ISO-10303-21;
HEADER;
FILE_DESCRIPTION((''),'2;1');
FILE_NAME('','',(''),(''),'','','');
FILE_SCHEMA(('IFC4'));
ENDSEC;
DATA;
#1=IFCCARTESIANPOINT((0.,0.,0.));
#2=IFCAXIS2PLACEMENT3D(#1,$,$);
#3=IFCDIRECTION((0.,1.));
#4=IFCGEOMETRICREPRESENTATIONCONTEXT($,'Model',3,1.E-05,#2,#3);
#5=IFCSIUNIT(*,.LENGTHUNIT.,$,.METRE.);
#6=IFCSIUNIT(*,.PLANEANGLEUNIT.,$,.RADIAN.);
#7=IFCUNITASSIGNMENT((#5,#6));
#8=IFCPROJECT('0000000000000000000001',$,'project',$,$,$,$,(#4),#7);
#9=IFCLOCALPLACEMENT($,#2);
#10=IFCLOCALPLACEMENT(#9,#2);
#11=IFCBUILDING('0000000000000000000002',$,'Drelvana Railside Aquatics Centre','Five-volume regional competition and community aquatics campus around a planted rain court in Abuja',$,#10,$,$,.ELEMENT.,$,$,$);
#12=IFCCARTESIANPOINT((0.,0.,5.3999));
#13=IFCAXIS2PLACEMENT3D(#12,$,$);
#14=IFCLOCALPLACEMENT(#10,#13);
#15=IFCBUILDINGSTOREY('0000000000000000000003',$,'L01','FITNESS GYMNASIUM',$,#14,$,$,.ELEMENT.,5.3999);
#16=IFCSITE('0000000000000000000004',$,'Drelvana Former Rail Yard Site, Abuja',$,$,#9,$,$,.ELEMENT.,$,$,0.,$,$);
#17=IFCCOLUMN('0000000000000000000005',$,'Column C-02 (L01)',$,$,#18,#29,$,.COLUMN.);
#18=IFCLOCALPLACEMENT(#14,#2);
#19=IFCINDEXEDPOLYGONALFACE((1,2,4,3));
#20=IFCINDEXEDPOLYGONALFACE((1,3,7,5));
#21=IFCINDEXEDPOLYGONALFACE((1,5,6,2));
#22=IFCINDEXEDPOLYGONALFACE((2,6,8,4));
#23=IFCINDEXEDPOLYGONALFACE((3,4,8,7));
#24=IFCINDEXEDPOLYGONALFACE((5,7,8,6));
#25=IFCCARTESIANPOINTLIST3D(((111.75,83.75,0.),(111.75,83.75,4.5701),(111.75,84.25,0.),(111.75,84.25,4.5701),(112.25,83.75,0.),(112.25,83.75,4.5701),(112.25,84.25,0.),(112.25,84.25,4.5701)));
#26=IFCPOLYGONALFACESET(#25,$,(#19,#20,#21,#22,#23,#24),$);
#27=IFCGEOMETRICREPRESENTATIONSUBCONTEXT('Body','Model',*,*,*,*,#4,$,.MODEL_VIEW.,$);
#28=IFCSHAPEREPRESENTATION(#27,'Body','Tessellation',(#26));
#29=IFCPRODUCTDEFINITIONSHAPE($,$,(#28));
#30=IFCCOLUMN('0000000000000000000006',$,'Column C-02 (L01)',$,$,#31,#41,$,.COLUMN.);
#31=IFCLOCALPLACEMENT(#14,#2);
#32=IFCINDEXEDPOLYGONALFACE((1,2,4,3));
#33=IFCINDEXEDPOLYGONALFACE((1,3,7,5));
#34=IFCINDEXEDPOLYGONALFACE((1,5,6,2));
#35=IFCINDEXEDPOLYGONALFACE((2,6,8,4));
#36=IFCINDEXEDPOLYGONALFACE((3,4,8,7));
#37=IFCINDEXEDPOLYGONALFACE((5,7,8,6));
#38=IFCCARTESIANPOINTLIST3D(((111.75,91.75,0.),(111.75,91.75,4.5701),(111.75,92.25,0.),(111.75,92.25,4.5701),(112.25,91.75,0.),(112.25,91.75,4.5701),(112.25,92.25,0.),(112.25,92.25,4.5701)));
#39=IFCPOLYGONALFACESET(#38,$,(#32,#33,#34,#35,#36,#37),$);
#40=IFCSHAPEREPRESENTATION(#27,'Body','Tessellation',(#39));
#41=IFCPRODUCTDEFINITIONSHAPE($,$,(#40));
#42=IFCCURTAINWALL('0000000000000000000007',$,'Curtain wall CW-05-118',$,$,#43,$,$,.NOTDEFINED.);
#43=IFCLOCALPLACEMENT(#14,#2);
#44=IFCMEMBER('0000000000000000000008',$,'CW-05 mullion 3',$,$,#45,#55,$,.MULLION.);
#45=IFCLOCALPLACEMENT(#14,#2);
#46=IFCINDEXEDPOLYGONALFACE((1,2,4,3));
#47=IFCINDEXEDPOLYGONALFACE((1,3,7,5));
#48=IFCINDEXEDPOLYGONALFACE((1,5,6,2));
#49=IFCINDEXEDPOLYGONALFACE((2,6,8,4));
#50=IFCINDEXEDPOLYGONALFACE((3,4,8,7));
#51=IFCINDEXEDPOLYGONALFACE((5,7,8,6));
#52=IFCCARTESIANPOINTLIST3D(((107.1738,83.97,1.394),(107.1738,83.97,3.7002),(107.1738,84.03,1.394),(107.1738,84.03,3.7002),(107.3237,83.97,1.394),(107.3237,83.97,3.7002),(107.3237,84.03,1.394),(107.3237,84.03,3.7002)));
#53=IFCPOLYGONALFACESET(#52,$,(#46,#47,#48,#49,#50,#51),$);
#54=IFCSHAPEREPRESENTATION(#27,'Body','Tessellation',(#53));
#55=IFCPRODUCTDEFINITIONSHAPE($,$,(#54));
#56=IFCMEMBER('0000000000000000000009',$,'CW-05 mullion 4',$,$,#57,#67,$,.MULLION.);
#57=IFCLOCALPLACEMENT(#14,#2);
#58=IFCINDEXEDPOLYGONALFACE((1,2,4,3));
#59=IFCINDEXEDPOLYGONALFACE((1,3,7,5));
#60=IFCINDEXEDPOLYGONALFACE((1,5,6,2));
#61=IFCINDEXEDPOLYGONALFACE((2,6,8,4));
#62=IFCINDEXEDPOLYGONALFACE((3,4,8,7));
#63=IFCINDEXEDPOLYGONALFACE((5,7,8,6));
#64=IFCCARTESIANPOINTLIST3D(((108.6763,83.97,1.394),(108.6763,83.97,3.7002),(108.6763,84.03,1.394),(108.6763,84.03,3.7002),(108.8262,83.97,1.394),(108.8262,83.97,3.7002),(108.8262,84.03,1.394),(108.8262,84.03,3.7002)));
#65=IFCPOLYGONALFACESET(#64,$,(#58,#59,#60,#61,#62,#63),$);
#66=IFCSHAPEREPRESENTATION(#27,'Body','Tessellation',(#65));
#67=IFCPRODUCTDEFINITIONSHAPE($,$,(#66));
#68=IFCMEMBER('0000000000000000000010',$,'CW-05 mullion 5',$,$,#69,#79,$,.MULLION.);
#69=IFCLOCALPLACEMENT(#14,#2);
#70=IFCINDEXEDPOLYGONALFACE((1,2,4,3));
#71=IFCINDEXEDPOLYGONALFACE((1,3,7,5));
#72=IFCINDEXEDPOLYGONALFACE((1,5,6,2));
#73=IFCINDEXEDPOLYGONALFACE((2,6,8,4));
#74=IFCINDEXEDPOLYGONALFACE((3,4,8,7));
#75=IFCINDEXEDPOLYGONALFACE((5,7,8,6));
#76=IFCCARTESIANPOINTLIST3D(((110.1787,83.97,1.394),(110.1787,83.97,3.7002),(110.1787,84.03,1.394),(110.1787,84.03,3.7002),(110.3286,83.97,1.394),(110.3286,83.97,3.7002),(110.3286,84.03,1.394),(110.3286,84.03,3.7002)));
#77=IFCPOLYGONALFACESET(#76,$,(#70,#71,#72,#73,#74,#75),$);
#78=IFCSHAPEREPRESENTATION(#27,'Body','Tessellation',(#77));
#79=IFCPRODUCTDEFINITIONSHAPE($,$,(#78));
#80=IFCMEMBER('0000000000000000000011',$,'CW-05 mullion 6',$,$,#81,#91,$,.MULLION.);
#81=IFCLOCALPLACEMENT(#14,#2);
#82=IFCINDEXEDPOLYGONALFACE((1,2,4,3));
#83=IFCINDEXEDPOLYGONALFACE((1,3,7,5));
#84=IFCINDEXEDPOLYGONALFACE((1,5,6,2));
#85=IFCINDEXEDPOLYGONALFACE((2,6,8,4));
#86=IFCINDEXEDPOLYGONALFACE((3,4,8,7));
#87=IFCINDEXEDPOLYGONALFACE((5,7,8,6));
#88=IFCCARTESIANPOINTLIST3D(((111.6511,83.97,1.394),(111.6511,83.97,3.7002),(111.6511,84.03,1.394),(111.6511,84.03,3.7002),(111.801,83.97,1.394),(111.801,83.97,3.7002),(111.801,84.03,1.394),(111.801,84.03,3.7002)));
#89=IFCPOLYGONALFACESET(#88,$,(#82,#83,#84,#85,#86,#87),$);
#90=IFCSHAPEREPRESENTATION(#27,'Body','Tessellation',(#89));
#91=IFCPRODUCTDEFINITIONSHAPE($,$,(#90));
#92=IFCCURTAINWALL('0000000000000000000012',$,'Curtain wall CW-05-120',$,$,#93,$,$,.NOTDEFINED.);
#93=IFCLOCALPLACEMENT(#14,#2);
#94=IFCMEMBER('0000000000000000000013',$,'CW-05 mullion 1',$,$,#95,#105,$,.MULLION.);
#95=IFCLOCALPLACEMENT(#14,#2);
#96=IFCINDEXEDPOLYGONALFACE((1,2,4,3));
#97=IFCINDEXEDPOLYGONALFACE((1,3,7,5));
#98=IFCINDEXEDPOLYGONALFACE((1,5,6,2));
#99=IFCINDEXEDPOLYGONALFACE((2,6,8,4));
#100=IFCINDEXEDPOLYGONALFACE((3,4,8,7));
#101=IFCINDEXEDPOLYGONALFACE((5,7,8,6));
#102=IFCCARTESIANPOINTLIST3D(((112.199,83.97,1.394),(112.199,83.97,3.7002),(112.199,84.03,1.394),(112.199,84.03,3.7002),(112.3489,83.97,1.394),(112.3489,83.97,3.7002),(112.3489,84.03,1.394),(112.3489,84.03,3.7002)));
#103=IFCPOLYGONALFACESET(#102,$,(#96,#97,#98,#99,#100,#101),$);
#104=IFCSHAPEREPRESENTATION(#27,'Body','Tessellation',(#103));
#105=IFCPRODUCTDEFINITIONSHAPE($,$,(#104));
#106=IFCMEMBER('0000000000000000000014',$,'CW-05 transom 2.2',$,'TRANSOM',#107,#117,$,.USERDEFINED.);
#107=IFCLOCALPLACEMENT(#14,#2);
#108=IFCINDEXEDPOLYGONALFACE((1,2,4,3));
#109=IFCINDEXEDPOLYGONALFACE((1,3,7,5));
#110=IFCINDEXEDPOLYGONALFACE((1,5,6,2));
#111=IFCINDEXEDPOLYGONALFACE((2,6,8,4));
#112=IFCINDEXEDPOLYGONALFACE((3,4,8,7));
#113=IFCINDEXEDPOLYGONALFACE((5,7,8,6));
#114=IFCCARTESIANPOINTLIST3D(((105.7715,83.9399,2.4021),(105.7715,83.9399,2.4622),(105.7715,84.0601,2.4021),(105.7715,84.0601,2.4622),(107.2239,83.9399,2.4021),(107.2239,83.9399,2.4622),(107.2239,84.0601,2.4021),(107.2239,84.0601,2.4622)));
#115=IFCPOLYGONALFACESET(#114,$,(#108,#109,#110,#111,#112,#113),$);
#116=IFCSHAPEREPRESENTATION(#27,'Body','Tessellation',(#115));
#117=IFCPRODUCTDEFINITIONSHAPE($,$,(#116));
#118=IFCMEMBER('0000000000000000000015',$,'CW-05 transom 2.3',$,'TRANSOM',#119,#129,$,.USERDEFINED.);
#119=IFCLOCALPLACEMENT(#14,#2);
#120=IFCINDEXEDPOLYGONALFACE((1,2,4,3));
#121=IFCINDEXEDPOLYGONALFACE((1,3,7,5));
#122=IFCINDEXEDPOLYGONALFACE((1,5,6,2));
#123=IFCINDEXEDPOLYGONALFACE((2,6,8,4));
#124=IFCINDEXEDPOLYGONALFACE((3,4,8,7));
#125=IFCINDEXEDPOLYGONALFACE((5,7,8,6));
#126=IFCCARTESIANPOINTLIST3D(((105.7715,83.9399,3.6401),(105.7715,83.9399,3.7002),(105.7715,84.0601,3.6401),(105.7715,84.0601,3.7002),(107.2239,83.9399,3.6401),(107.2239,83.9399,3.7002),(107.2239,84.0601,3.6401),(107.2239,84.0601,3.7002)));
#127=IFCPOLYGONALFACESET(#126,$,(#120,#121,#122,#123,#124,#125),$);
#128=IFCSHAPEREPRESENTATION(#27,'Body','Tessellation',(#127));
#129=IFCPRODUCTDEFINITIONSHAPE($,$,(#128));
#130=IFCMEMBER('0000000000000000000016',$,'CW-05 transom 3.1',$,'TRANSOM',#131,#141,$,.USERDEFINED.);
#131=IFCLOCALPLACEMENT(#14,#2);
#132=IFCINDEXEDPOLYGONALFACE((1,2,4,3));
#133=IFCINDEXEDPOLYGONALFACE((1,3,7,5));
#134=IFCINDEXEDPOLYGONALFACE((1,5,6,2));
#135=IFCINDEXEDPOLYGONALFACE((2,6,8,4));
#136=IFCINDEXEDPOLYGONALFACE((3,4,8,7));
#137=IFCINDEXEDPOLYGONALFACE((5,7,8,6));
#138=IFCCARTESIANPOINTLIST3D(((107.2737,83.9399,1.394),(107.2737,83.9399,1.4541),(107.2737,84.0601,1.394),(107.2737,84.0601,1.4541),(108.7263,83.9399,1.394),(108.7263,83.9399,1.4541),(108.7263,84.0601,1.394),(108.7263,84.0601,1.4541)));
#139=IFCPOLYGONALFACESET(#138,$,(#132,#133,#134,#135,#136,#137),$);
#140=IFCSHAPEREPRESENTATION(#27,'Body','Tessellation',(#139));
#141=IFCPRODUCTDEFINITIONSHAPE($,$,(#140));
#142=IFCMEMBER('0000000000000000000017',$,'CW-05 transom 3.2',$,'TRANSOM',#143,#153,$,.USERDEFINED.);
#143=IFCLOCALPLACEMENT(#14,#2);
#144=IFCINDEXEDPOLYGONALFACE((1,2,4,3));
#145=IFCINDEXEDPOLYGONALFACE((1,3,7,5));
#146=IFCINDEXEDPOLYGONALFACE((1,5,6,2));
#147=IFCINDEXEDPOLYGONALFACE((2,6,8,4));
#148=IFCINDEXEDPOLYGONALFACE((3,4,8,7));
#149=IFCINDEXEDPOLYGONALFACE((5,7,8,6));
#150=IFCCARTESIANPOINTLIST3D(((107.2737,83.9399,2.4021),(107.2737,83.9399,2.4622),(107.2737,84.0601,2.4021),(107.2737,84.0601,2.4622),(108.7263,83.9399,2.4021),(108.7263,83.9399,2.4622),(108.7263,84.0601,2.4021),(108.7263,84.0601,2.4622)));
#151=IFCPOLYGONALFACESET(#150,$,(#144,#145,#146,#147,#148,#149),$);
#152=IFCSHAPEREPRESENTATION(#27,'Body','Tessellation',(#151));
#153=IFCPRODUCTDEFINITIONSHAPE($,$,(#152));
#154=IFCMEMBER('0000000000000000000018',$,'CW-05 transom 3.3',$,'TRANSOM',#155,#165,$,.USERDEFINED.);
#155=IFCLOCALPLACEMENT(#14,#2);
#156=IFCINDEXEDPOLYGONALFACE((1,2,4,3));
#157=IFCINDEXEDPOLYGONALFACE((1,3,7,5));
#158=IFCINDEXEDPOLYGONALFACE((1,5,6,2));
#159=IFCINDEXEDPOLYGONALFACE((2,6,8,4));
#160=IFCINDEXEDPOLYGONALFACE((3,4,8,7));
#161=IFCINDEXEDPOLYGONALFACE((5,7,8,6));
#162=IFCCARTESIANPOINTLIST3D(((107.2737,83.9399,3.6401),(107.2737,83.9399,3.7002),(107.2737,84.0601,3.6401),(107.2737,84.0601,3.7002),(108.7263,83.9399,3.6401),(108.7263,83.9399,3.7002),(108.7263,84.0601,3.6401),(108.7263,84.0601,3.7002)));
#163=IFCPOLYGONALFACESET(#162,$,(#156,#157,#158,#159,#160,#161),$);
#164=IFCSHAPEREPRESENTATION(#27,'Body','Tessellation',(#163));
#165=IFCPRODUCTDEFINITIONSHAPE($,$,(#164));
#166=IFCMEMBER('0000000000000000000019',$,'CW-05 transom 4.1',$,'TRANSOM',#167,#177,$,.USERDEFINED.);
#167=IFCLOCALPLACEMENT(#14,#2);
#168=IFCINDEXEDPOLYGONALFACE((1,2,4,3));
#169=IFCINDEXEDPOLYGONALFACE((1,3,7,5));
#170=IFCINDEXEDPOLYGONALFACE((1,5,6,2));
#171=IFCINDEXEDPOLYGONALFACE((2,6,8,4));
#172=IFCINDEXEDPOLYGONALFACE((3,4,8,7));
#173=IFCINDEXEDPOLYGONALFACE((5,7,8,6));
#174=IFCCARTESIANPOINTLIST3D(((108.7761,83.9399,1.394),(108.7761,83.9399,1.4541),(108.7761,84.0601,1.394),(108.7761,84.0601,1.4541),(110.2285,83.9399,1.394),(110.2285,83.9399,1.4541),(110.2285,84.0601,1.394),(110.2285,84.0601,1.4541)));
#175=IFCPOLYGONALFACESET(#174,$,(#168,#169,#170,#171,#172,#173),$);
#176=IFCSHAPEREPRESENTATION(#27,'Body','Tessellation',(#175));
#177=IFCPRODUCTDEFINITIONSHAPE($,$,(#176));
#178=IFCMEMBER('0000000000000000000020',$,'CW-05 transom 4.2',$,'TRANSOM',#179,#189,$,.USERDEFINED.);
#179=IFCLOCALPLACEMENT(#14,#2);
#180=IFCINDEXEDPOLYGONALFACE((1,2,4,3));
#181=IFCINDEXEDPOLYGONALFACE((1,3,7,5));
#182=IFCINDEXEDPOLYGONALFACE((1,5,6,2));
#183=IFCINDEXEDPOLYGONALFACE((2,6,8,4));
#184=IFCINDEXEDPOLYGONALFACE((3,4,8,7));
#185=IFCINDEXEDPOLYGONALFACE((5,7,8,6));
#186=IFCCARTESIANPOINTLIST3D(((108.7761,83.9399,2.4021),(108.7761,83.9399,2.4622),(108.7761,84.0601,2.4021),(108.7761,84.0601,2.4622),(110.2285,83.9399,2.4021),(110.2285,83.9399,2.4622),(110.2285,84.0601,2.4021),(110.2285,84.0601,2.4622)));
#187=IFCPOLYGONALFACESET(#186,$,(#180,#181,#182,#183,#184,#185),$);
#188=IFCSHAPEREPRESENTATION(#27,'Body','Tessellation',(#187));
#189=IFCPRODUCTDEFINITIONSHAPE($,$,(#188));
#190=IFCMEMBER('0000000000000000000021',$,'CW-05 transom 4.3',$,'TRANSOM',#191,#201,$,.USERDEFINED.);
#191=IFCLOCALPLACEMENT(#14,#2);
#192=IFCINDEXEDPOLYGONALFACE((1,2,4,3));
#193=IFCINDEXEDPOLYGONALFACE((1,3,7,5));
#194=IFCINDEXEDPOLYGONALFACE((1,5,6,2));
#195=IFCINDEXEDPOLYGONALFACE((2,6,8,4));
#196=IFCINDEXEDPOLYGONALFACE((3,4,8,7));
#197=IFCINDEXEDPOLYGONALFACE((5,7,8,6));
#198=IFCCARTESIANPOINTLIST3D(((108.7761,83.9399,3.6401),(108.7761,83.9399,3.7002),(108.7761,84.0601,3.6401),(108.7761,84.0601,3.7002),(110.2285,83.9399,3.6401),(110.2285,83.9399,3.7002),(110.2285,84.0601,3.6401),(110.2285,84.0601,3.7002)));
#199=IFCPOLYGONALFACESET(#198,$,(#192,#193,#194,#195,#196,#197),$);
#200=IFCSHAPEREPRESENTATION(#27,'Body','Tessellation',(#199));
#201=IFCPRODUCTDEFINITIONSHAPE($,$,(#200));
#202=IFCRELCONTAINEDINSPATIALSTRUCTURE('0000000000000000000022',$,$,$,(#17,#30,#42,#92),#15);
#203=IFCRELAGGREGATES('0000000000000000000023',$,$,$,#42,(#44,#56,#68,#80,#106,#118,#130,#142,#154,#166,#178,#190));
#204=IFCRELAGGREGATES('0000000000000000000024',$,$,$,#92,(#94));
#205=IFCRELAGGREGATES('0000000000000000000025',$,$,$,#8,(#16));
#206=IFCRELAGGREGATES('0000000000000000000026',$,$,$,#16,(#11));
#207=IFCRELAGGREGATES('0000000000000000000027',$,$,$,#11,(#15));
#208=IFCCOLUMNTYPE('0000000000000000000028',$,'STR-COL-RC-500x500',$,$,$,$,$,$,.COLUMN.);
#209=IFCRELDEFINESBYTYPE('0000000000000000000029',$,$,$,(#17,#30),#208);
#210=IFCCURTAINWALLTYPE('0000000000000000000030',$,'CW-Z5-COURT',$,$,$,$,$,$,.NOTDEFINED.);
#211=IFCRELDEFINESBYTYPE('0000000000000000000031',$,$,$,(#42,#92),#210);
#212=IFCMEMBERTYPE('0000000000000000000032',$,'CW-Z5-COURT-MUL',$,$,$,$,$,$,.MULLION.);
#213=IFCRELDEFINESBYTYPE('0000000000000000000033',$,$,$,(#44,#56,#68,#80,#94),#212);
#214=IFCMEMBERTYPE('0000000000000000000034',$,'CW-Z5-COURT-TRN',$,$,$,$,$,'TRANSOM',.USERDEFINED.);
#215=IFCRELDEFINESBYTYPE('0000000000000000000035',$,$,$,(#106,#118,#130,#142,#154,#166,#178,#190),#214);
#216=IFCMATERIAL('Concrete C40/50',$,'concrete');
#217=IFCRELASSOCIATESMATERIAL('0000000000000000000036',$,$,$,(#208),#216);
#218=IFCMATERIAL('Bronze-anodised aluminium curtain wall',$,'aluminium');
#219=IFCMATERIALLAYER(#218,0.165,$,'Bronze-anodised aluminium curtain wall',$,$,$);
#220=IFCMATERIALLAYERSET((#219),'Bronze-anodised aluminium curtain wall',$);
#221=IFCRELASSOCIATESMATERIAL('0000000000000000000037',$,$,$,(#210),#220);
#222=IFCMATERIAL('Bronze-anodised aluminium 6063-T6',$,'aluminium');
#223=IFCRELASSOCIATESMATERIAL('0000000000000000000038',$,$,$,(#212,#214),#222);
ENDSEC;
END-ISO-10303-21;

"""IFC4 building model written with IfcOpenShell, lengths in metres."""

from ifc_helpers import new_model, si_unit, direction, frame, origin, origin_2d, place, context, subcontext, project, spatial, rectangle, extrude, material, layer, layer_set, material_profile, profile_set, type_object, element, aggregate, save


model = new_model("IFC4")

# Units and contexts
model_context = context("Model", 3, precision=1e-05, world=origin(), true_north=direction((0.0, 1.0)))
body_context = subcontext(model_context, "Body", "Model", "MODEL_VIEW")
ifc_project = project(units=[si_unit("LENGTHUNIT", "METRE"), si_unit("PLANEANGLEUNIT", "RADIAN")], contexts=[model_context])

# Site, building, storey
site_placement = place(None, origin())
site = spatial("IfcSite", under=ifc_project, at=site_placement, Name="Drelvana Former Rail Yard Site, Abuja", CompositionType="ELEMENT", RefElevation=0.0)
building_placement = place(site_placement, origin())
building = spatial("IfcBuilding", under=site, at=building_placement, Name="Drelvana Railside Aquatics Centre", Description="Five-volume regional competition and community aquatics campus around a planted rain court in Abuja", CompositionType="ELEMENT")
storey_placement = place(building_placement, frame((0.0, 0.0, 5.3999)))
storey = spatial("IfcBuildingStorey", under=building, at=storey_placement, Name="L01", Description="FITNESS GYMNASIUM", CompositionType="ELEMENT", Elevation=5.3999)

# Columns
ifc_material_1 = material(Name="Concrete C40/50", Category="concrete")
ifc_material_profile_1 = material_profile(ifc_material_1, rectangle(XDim=0.5, YDim=0.5, at=origin_2d()), Name="RC 500x500")
ifc_profile_set_1 = profile_set([ifc_material_profile_1], Name="Concrete C40/50")
column_type = type_object("IfcColumnType", Name="STR-COL-RC-500x500", PredefinedType="COLUMN", material=ifc_profile_set_1)
for number, where, z_axis, x_axis, name in (
    (1, (112.0, 84.0, 0.0), (0.0, 0.0, 1.0), (1.0, 0.0, 0.0), "Column C-02 (L01)"),
    (2, (112.0, 92.0, 0.0), (0.0, 0.0, 1.0), (1.0, 0.0, 0.0), "Column C-02 (L01)"),
):
    element("IfcColumn", number, at=place(storey_placement, frame(where, z_axis=z_axis, x_axis=x_axis)), inside=storey, type_object=column_type, Name=name, PredefinedType="COLUMN", context=body_context, shape_type="SweptSolid", body=[
        extrude(rectangle(XDim=0.5, YDim=0.5, at=origin_2d()), origin(), (0.0, 0.0, 1.0), 4.5701),
    ])

# Curtain wall, members
ifc_material_2 = material(Name="Bronze-anodised aluminium curtain wall", Category="aluminium")
ifc_layer_1 = layer(ifc_material_2, 0.165, Name="Bronze-anodised aluminium curtain wall")
ifc_layer_set_1 = layer_set([ifc_layer_1], Name="Bronze-anodised aluminium curtain wall")
curtain_wall_type = type_object("IfcCurtainWallType", Name="CW-Z5-COURT", PredefinedType="NOTDEFINED", material=ifc_layer_set_1)
curtain_wall_1_placement = place(storey_placement, origin())
curtain_wall_1 = element("IfcCurtainWall", 3, at=curtain_wall_1_placement, inside=storey, type_object=curtain_wall_type, Name="Curtain wall CW-05-118", PredefinedType="NOTDEFINED")
ifc_material_3 = material(Name="Bronze-anodised aluminium 6063-T6", Category="aluminium")
ifc_material_profile_2 = material_profile(ifc_material_3, rectangle(XDim=0.0601, YDim=0.1499, at=origin_2d()), Name="ALU-M 60x150")
ifc_profile_set_2 = profile_set([ifc_material_profile_2], Name="Bronze-anodised aluminium 6063-T6")
member_type_1 = type_object("IfcMemberType", Name="CW-Z5-COURT-MUL", PredefinedType="MULLION", material=ifc_profile_set_2)
member_1_placement = place(storey_placement, frame((107.2488, 84.0, 1.394), z_axis=(0.0, 0.0, 1.0), x_axis=(0.0, 1.0, 0.0)))
member_1 = element("IfcMember", 4, at=member_1_placement, type_object=member_type_1, Name="CW-05 mullion 3", PredefinedType="MULLION", context=body_context, shape_type="SweptSolid", body=[
    extrude(rectangle(XDim=0.0601, YDim=0.1499, at=origin_2d()), origin(), (0.0, 0.0, 1.0), 2.3062),
])
member_2_placement = place(storey_placement, frame((108.7512, 84.0, 1.394), z_axis=(0.0, 0.0, 1.0), x_axis=(0.0, 1.0, 0.0)))
member_2 = element("IfcMember", 5, at=member_2_placement, type_object=member_type_1, Name="CW-05 mullion 4", PredefinedType="MULLION", context=body_context, shape_type="SweptSolid", body=[
    extrude(rectangle(XDim=0.0601, YDim=0.1499, at=origin_2d()), origin(), (0.0, 0.0, 1.0), 2.3062),
])
member_3_placement = place(storey_placement, frame((110.2537, 84.0, 1.394), z_axis=(0.0, 0.0, 1.0), x_axis=(0.0, 1.0, 0.0)))
member_3 = element("IfcMember", 6, at=member_3_placement, type_object=member_type_1, Name="CW-05 mullion 5", PredefinedType="MULLION", context=body_context, shape_type="SweptSolid", body=[
    extrude(rectangle(XDim=0.0601, YDim=0.1499, at=origin_2d()), origin(), (0.0, 0.0, 1.0), 2.3062),
])
member_4_placement = place(storey_placement, frame((111.7261, 84.0, 1.394), z_axis=(0.0, 0.0, 1.0), x_axis=(0.0, 1.0, 0.0)))
member_4 = element("IfcMember", 7, at=member_4_placement, type_object=member_type_1, Name="CW-05 mullion 6", PredefinedType="MULLION", context=body_context, shape_type="SweptSolid", body=[
    extrude(rectangle(XDim=0.0601, YDim=0.1499, at=origin_2d()), origin(), (0.0, 0.0, 1.0), 2.3062),
])

# Curtain wall, member
curtain_wall_2_placement = place(storey_placement, origin())
curtain_wall_2 = element("IfcCurtainWall", 8, at=curtain_wall_2_placement, inside=storey, type_object=curtain_wall_type, Name="Curtain wall CW-05-120", PredefinedType="NOTDEFINED")
member_5_placement = place(storey_placement, frame((112.2739, 84.0, 1.394), z_axis=(0.0, 0.0, 1.0), x_axis=(0.0, 1.0, 0.0)))
member_5 = element("IfcMember", 9, at=member_5_placement, type_object=member_type_1, Name="CW-05 mullion 1", PredefinedType="MULLION", context=body_context, shape_type="SweptSolid", body=[
    extrude(rectangle(XDim=0.0601, YDim=0.1499, at=origin_2d()), origin(), (0.0, 0.0, 1.0), 2.3062),
])

# Members
ifc_material_profile_3 = material_profile(ifc_material_3, rectangle(XDim=0.1201, YDim=0.0601, at=origin_2d()), Name="ALU-T 60x120")
ifc_profile_set_3 = profile_set([ifc_material_profile_3], Name="Bronze-anodised aluminium 6063-T6")
member_type_2 = type_object("IfcMemberType", Name="CW-Z5-COURT-TRN", ElementType="TRANSOM", PredefinedType="USERDEFINED", material=ifc_profile_set_3)
member_6_placement = place(storey_placement, frame((105.7715, 84.0, 2.4321), z_axis=(1.0, 0.0, 0.0), x_axis=(0.0, 1.0, 0.0)))
member_6 = element("IfcMember", 10, at=member_6_placement, type_object=member_type_2, Name="CW-05 transom 2.2", ObjectType="TRANSOM", PredefinedType="USERDEFINED", context=body_context, shape_type="SweptSolid", body=[
    extrude(rectangle(XDim=0.1201, YDim=0.0601, at=origin_2d()), origin(), (0.0, 0.0, 1.0), 1.4524),
])
member_7_placement = place(storey_placement, frame((105.7715, 84.0, 3.6702), z_axis=(1.0, 0.0, 0.0), x_axis=(0.0, 1.0, 0.0)))
member_7 = element("IfcMember", 11, at=member_7_placement, type_object=member_type_2, Name="CW-05 transom 2.3", ObjectType="TRANSOM", PredefinedType="USERDEFINED", context=body_context, shape_type="SweptSolid", body=[
    extrude(rectangle(XDim=0.1201, YDim=0.0601, at=origin_2d()), origin(), (0.0, 0.0, 1.0), 1.4524),
])
member_8_placement = place(storey_placement, frame((107.2737, 84.0, 1.4241), z_axis=(1.0, 0.0, 0.0), x_axis=(0.0, 1.0, 0.0)))
member_8 = element("IfcMember", 12, at=member_8_placement, type_object=member_type_2, Name="CW-05 transom 3.1", ObjectType="TRANSOM", PredefinedType="USERDEFINED", context=body_context, shape_type="SweptSolid", body=[
    extrude(rectangle(XDim=0.1201, YDim=0.0601, at=origin_2d()), origin(), (0.0, 0.0, 1.0), 1.4526),
])
member_9_placement = place(storey_placement, frame((107.2737, 84.0, 2.4321), z_axis=(1.0, 0.0, 0.0), x_axis=(0.0, 1.0, 0.0)))
member_9 = element("IfcMember", 13, at=member_9_placement, type_object=member_type_2, Name="CW-05 transom 3.2", ObjectType="TRANSOM", PredefinedType="USERDEFINED", context=body_context, shape_type="SweptSolid", body=[
    extrude(rectangle(XDim=0.1201, YDim=0.0601, at=origin_2d()), origin(), (0.0, 0.0, 1.0), 1.4526),
])
member_10_placement = place(storey_placement, frame((107.2737, 84.0, 3.6702), z_axis=(1.0, 0.0, 0.0), x_axis=(0.0, 1.0, 0.0)))
member_10 = element("IfcMember", 14, at=member_10_placement, type_object=member_type_2, Name="CW-05 transom 3.3", ObjectType="TRANSOM", PredefinedType="USERDEFINED", context=body_context, shape_type="SweptSolid", body=[
    extrude(rectangle(XDim=0.1201, YDim=0.0601, at=origin_2d()), origin(), (0.0, 0.0, 1.0), 1.4526),
])
member_11_placement = place(storey_placement, frame((108.7761, 84.0, 1.4241), z_axis=(1.0, 0.0, 0.0), x_axis=(0.0, 1.0, 0.0)))
member_11 = element("IfcMember", 15, at=member_11_placement, type_object=member_type_2, Name="CW-05 transom 4.1", ObjectType="TRANSOM", PredefinedType="USERDEFINED", context=body_context, shape_type="SweptSolid", body=[
    extrude(rectangle(XDim=0.1201, YDim=0.0601, at=origin_2d()), origin(), (0.0, 0.0, 1.0), 1.4524),
])
member_12_placement = place(storey_placement, frame((108.7761, 84.0, 2.4321), z_axis=(1.0, 0.0, 0.0), x_axis=(0.0, 1.0, 0.0)))
member_12 = element("IfcMember", 16, at=member_12_placement, type_object=member_type_2, Name="CW-05 transom 4.2", ObjectType="TRANSOM", PredefinedType="USERDEFINED", context=body_context, shape_type="SweptSolid", body=[
    extrude(rectangle(XDim=0.1201, YDim=0.0601, at=origin_2d()), origin(), (0.0, 0.0, 1.0), 1.4524),
])
member_13_placement = place(storey_placement, frame((108.7761, 84.0, 3.6702), z_axis=(1.0, 0.0, 0.0), x_axis=(0.0, 1.0, 0.0)))
member_13 = element("IfcMember", 17, at=member_13_placement, type_object=member_type_2, Name="CW-05 transom 4.3", ObjectType="TRANSOM", PredefinedType="USERDEFINED", context=body_context, shape_type="SweptSolid", body=[
    extrude(rectangle(XDim=0.1201, YDim=0.0601, at=origin_2d()), origin(), (0.0, 0.0, 1.0), 1.4524),
])

aggregate(curtain_wall_1, [member_1, member_2, member_3, member_4, member_6, member_7, member_8, member_9, member_10, member_11, member_12, member_13])
aggregate(curtain_wall_2, [member_5])

save(model, "model.ifc")
